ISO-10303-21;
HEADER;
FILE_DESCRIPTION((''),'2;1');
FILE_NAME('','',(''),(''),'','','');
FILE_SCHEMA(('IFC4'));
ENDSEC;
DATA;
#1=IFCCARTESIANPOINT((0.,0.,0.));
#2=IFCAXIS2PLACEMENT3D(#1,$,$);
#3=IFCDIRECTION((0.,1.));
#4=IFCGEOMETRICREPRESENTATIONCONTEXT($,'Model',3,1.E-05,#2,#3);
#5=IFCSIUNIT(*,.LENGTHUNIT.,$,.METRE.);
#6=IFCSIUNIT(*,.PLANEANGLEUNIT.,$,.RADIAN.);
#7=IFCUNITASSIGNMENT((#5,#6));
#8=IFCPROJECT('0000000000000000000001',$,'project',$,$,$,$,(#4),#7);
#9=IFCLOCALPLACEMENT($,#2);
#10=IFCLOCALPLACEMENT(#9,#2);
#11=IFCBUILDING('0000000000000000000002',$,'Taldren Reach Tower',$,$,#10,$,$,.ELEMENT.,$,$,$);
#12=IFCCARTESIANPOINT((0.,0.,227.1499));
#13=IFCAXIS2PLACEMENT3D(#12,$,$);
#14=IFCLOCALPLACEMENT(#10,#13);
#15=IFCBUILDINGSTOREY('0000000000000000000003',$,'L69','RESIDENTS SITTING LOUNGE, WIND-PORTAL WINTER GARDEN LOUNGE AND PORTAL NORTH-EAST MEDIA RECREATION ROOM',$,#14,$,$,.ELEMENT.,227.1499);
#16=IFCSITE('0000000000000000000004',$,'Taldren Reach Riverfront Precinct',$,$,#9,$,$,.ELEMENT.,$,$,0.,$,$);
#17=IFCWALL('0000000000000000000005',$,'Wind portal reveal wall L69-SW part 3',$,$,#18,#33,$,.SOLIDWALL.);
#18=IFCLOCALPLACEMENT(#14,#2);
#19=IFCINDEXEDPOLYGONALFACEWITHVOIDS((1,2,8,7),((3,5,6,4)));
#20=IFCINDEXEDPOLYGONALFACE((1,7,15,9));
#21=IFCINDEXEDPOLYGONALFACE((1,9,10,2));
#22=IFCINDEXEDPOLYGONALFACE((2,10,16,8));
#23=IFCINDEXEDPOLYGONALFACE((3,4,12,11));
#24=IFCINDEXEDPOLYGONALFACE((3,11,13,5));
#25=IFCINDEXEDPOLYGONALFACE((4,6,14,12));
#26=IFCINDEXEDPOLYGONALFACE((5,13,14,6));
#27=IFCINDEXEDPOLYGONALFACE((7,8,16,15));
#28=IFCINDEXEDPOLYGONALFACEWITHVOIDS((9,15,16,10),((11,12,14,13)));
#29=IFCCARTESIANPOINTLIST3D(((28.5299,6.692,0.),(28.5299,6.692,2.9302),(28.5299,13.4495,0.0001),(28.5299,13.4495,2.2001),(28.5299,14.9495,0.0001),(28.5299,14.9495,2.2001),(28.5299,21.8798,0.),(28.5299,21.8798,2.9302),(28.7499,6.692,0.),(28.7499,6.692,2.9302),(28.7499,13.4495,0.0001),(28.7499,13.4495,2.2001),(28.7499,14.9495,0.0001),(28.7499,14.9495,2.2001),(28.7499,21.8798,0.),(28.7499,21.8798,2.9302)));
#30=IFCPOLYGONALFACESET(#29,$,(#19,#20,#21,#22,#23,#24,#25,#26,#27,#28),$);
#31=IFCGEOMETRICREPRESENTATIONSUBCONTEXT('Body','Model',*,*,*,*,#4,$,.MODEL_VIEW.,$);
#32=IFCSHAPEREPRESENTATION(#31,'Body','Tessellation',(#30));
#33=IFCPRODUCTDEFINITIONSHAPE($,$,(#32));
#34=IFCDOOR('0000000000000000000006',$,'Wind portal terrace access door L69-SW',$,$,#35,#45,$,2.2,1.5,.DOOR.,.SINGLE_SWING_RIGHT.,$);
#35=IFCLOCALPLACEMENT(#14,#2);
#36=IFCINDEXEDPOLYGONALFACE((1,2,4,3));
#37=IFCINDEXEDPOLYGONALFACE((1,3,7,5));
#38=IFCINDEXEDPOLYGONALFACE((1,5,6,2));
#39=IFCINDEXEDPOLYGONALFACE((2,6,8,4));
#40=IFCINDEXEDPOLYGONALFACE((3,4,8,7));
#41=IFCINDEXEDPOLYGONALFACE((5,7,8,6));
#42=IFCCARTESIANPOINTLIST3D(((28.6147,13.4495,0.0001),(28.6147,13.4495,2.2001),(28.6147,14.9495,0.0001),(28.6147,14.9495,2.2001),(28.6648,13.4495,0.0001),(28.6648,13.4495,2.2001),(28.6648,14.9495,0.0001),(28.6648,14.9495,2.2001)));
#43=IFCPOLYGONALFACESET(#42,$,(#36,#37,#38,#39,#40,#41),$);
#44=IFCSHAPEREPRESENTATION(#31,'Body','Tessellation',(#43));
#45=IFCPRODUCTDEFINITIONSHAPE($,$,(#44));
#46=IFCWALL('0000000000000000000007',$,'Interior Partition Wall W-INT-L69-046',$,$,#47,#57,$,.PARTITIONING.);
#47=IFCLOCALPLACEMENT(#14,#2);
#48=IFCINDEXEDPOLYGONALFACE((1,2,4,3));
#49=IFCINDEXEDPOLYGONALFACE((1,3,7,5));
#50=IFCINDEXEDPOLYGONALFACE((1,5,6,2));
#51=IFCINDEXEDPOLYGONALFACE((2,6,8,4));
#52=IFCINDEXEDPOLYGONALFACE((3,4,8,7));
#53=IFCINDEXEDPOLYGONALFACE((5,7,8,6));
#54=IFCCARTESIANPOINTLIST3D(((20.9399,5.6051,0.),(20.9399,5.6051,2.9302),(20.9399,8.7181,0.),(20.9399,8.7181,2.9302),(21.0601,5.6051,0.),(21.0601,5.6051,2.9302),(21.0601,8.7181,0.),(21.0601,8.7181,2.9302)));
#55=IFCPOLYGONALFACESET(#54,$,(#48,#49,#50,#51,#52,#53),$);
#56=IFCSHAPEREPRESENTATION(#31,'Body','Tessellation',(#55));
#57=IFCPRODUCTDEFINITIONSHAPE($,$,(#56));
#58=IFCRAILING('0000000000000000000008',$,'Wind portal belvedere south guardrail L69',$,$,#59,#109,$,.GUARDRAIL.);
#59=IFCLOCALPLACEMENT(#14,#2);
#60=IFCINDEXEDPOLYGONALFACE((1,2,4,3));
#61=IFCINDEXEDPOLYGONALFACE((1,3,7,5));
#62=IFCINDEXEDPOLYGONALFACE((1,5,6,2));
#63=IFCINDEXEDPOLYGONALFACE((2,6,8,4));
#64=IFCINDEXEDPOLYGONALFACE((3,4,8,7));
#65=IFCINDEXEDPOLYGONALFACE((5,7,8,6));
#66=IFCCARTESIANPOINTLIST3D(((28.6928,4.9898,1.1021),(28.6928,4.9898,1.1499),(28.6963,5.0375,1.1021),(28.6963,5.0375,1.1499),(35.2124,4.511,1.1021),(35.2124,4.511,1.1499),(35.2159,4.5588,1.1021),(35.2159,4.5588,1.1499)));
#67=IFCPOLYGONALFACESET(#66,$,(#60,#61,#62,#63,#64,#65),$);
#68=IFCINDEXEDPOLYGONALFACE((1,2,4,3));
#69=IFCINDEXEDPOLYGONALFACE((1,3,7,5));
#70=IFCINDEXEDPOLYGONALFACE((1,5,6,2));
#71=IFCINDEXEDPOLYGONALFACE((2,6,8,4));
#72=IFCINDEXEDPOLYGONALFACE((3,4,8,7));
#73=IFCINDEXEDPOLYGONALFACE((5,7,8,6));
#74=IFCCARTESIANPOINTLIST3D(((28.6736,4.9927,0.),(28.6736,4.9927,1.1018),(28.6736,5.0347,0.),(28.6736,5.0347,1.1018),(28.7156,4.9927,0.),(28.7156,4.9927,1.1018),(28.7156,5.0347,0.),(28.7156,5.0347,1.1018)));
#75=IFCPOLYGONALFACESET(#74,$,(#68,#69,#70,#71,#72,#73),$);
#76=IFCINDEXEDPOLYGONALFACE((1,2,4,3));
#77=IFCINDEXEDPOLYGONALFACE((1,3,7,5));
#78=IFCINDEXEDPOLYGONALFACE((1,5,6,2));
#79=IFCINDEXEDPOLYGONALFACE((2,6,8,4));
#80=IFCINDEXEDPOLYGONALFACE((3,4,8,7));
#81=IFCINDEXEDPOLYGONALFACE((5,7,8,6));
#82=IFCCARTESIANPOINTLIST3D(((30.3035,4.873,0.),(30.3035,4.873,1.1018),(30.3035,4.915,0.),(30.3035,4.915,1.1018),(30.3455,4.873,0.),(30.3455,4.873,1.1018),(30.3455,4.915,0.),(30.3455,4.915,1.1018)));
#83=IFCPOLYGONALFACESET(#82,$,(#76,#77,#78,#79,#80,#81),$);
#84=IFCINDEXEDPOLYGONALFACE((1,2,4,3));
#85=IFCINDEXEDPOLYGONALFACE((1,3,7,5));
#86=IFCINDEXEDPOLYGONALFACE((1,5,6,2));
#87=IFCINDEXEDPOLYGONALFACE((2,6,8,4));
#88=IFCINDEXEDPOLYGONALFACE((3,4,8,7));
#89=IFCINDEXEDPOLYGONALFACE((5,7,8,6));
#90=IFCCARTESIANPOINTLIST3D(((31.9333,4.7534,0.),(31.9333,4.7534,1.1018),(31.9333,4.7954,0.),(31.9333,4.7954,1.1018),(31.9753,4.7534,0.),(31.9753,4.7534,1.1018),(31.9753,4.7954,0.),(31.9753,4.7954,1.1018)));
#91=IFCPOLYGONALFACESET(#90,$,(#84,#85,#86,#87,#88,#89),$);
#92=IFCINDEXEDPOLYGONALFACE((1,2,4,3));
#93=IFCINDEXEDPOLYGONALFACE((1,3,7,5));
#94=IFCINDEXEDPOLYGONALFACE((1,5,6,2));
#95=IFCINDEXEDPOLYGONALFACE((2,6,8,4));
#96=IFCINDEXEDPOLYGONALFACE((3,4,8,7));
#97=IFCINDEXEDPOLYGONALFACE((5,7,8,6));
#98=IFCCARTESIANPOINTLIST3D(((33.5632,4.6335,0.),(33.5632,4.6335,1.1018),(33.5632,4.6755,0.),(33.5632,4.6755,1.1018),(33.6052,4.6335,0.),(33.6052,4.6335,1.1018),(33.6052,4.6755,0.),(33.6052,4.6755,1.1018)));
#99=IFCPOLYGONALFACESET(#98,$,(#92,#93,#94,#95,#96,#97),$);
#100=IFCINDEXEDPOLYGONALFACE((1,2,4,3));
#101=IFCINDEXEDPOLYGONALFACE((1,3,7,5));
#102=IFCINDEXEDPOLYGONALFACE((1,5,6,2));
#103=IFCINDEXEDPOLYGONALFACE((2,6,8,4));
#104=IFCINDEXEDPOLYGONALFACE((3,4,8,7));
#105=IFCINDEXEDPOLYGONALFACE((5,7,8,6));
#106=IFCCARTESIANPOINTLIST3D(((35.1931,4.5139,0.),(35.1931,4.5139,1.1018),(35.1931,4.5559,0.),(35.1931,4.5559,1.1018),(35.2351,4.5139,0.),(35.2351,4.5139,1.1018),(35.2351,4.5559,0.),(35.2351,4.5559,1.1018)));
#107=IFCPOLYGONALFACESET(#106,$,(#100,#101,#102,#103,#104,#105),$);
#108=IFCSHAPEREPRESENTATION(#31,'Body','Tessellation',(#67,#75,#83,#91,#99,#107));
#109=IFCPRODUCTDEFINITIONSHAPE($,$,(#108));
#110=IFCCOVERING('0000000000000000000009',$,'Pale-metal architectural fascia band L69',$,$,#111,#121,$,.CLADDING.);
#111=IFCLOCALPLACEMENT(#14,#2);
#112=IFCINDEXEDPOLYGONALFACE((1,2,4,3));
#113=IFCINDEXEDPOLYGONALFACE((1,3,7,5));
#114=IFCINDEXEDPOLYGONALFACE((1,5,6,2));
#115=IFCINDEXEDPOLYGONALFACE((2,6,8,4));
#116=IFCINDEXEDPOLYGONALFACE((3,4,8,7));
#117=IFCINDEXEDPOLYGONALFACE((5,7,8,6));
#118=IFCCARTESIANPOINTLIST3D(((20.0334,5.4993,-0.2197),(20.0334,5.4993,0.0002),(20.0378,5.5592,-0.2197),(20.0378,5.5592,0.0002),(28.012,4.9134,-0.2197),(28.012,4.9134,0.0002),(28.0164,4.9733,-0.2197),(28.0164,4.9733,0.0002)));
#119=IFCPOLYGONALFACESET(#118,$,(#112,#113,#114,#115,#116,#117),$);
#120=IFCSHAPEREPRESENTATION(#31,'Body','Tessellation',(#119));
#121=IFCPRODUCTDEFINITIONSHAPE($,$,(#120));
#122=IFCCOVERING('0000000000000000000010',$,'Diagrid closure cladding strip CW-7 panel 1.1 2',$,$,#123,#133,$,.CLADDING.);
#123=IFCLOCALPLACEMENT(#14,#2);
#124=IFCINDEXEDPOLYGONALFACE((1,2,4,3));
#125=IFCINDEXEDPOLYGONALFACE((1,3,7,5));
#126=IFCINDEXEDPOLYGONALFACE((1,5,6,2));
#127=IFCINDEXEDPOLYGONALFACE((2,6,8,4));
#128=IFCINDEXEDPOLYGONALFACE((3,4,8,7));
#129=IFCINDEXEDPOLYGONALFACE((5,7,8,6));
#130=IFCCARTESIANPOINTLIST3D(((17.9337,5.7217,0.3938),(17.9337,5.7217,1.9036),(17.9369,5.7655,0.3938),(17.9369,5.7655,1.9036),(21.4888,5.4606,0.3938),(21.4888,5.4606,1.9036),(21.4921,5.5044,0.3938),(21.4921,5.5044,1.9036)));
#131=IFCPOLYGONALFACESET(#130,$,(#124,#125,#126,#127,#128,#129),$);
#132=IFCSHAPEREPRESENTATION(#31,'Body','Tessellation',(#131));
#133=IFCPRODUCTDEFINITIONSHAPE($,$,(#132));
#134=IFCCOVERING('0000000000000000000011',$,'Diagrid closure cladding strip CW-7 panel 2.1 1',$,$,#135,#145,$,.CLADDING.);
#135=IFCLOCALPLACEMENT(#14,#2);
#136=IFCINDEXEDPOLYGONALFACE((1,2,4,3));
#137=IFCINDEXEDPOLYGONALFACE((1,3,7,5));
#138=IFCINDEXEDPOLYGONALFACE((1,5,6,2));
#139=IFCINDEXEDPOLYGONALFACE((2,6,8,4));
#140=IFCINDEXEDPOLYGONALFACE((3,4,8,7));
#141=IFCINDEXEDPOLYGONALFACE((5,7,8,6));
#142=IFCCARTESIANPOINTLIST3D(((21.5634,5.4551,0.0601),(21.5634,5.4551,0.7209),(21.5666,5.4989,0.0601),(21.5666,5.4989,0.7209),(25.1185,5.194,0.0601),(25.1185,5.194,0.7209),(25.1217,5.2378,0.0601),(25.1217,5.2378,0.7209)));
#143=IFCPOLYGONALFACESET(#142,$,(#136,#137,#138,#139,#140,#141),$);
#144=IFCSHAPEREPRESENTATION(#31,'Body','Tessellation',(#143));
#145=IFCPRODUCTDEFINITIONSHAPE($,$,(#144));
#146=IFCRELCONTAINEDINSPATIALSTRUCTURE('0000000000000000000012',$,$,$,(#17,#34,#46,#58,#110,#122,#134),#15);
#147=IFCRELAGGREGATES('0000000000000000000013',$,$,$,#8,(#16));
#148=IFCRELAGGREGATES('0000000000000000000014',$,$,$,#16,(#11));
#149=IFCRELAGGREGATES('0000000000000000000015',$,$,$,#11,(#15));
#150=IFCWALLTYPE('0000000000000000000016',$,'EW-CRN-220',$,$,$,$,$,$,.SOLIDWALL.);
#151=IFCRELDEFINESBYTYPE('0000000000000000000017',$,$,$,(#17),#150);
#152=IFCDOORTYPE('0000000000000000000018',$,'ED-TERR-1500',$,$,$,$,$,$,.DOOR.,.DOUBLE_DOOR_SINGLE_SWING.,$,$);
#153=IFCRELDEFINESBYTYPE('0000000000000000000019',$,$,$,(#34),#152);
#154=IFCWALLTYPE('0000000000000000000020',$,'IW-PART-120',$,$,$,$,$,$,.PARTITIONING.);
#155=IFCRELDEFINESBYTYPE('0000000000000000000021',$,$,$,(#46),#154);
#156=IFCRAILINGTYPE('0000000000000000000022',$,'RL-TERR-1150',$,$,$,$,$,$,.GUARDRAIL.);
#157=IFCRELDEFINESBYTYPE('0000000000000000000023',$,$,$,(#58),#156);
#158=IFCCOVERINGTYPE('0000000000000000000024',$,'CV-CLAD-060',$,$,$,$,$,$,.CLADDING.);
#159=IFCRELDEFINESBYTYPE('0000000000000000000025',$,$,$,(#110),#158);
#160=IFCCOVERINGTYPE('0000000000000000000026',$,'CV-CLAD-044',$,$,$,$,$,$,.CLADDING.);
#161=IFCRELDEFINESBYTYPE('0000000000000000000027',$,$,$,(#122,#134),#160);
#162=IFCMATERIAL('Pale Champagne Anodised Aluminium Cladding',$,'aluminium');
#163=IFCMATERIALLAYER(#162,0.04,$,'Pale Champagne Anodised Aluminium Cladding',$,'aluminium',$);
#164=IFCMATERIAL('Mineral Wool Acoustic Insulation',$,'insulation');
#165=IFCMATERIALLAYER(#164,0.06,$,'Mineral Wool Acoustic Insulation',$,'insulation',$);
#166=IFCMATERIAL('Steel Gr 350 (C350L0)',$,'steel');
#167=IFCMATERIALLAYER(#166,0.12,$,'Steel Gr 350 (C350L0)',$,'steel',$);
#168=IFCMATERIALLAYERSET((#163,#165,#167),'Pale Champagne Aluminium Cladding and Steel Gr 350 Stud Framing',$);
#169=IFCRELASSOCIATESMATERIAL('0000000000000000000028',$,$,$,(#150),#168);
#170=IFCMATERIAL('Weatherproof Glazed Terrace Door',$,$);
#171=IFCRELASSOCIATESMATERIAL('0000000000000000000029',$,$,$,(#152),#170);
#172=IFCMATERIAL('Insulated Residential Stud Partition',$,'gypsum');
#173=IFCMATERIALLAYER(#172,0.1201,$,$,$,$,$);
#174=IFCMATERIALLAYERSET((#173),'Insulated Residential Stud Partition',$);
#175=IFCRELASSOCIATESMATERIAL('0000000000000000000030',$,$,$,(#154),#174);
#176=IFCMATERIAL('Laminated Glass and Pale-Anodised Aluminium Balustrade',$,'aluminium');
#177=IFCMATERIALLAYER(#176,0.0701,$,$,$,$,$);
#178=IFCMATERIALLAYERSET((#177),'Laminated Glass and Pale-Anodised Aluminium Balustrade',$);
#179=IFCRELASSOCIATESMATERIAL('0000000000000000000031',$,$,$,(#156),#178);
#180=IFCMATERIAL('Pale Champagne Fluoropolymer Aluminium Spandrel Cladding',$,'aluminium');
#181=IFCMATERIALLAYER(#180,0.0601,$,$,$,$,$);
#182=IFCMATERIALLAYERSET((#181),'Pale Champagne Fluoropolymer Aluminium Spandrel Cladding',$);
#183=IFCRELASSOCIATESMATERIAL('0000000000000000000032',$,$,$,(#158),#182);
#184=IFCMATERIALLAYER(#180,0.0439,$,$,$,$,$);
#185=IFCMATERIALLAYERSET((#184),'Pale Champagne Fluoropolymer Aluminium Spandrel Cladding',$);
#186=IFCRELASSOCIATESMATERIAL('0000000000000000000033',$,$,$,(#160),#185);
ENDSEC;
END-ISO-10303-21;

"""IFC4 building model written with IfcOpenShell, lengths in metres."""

from ifc_helpers import new_model, si_unit, direction, frame, frame_2d, origin, origin_2d, place, context, subcontext, project, spatial, rectangle, extrude, source, transform, mapped, material, layer, layer_set, type_object, element, fill, save


model = new_model("IFC4")

# Units and contexts
model_context = context("Model", 3, precision=1e-05, world=origin(), true_north=direction((0.0, 1.0)))
body_context = subcontext(model_context, "Body", "Model", "MODEL_VIEW")
ifc_project = project(units=[si_unit("LENGTHUNIT", "METRE"), si_unit("PLANEANGLEUNIT", "RADIAN")], contexts=[model_context])

# Site, building, storey
site_placement = place(None, origin())
site = spatial("IfcSite", under=ifc_project, at=site_placement, Name="Taldren Reach Riverfront Precinct", CompositionType="ELEMENT", RefElevation=0.0)
building_placement = place(site_placement, origin())
building = spatial("IfcBuilding", under=site, at=building_placement, Name="Taldren Reach Tower", CompositionType="ELEMENT")
storey_placement = place(building_placement, frame((0.0, 0.0, 227.1499)))
storey = spatial("IfcBuildingStorey", under=building, at=storey_placement, Name="L69", Description="RESIDENTS SITTING LOUNGE, WIND-PORTAL WINTER GARDEN LOUNGE AND PORTAL NORTH-EAST MEDIA RECREATION ROOM", CompositionType="ELEMENT", Elevation=227.1499)

# Shared definitions
ifc_material_1 = material(Name="Steel Gr 350 (C350L0)", Category="steel")

# Shared definitions
ifc_material_2 = material(Name="Pale Champagne Anodised Aluminium Cladding", Category="aluminium")
ifc_layer_1 = layer(ifc_material_2, 0.04, Name="Pale Champagne Anodised Aluminium Cladding", Category="aluminium")
ifc_material_3 = material(Name="Mineral Wool Acoustic Insulation", Category="insulation")
ifc_layer_2 = layer(ifc_material_3, 0.06, Name="Mineral Wool Acoustic Insulation", Category="insulation")
ifc_layer_3 = layer(ifc_material_1, 0.12, Name="Steel Gr 350 (C350L0)", Category="steel")
ifc_layer_set_1 = layer_set([ifc_layer_1, ifc_layer_2, ifc_layer_3], Name="Pale Champagne Aluminium Cladding and Steel Gr 350 Stud Framing")
wall_type_1 = type_object("IfcWallType", Name="EW-CRN-220", PredefinedType="SOLIDWALL", material=ifc_layer_set_1)

# Wall, opening, door
shared_shape_1 = source(origin(), body_context, "Body", "SweptSolid", [
    extrude(rectangle(XDim=15.1877, YDim=0.22, at=frame_2d((7.5938, 0.0))), origin(), (0.0, 0.0, 1.0), 2.9302),
])
wall_1_placement = place(storey_placement, frame((28.6399, 6.6921, 0.0), z_axis=(0.0, 0.0, 1.0), x_axis=(0.0, 1.0, 0.0)))
wall_1 = element("IfcWall", 1, at=wall_1_placement, inside=storey, type_object=wall_type_1, Name="Wind portal reveal wall L69-SW part 3", PredefinedType="SOLIDWALL", context=body_context, shape_type="MappedRepresentation", body=[
    mapped(shared_shape_1, transform((0.0, 0.0, 0.0), scale=1.0)),
])
shared_shape_2 = source(origin(), body_context, "Body", "SweptSolid", [
    extrude(rectangle(XDim=1.5, YDim=2.2, at=frame_2d((0.75, 1.1001))), frame((0.0, 0.1201, 0.0), z_axis=(0.0, -1.0, 0.0), x_axis=(1.0, 0.0, 0.0)), (0.0, 0.0, 1.0), 0.24),
])
opening_placement = place(wall_1_placement, frame((6.7573, 0.0, 0.0)))
opening = element("IfcOpeningElement", 2, at=opening_placement, cuts=wall_1, PredefinedType="OPENING", context=body_context, shape_type="MappedRepresentation", body=[
    mapped(shared_shape_2, transform((0.0, 0.0, 0.0), scale=1.0)),
])
ifc_material_4 = material(Name="Weatherproof Glazed Terrace Door")
door_type = type_object("IfcDoorType", Name="ED-TERR-1500", OperationType="DOUBLE_DOOR_SINGLE_SWING", PredefinedType="DOOR", material=ifc_material_4)
shared_shape_3 = source(origin(), body_context, "Body", "SweptSolid", [
    extrude(rectangle(XDim=1.5, YDim=2.2, at=frame_2d((0.75, 1.1001))), frame((0.0, 0.0249, 0.0), z_axis=(0.0, -1.0, 0.0), x_axis=(1.0, 0.0, 0.0)), (0.0, 0.0, 1.0), 0.05),
])
door_placement = place(opening_placement, frame((1.5, 0.0, 0.0), z_axis=(0.0, 0.0, 1.0), x_axis=(-1.0, 0.0, 0.0)))
door = element("IfcDoor", 3, at=door_placement, inside=storey, type_object=door_type, Name="Wind portal terrace access door L69-SW", OperationType="SINGLE_SWING_RIGHT", OverallHeight=2.2, OverallWidth=1.5, PredefinedType="DOOR", context=body_context, shape_type="MappedRepresentation", body=[
    mapped(shared_shape_3, transform((0.0, 0.0, 0.0), scale=1.0)),
])
fill(opening, door)

# Wall
ifc_material_5 = material(Name="Insulated Residential Stud Partition", Category="gypsum")
ifc_layer_4 = layer(ifc_material_5, 0.1201)
ifc_layer_set_2 = layer_set([ifc_layer_4], Name="Insulated Residential Stud Partition")
wall_type_2 = type_object("IfcWallType", Name="IW-PART-120", PredefinedType="PARTITIONING", material=ifc_layer_set_2)
shared_shape_4 = source(origin(), body_context, "Body", "SweptSolid", [
    extrude(rectangle(XDim=3.113, YDim=0.1201, at=frame_2d((1.5566, 0.0))), origin(), (0.0, 0.0, 1.0), 2.9302),
])
wall_2_placement = place(storey_placement, frame((21.0, 5.605, 0.0), z_axis=(0.0, 0.0, 1.0), x_axis=(0.0, 1.0, 0.0)))
element("IfcWall", 4, at=wall_2_placement, inside=storey, type_object=wall_type_2, Name="Interior Partition Wall W-INT-L69-046", PredefinedType="PARTITIONING", context=body_context, shape_type="MappedRepresentation", body=[
    mapped(shared_shape_4, transform((0.0, 0.0, 0.0), scale=1.0)),
])

# Railing
ifc_material_6 = material(Name="Laminated Glass and Pale-Anodised Aluminium Balustrade", Category="aluminium")
ifc_layer_5 = layer(ifc_material_6, 0.0701)
ifc_layer_set_3 = layer_set([ifc_layer_5], Name="Laminated Glass and Pale-Anodised Aluminium Balustrade")
railing_type = type_object("IfcRailingType", Name="RL-TERR-1150", PredefinedType="GUARDRAIL", material=ifc_layer_set_3)
railing_placement = place(storey_placement, frame((28.6946, 5.0137, 0.0)))
element("IfcRailing", 5, at=railing_placement, inside=storey, type_object=railing_type, Name="Wind portal belvedere south guardrail L69", PredefinedType="GUARDRAIL", context=body_context, shape_type="SweptSolid", body=[
    extrude(rectangle(XDim=0.0479, YDim=0.0479, at=origin_2d()), frame((0.0, 0.0, 1.126), z_axis=(0.997315, -0.073237, 0.0), x_axis=(0.073237, 0.997315, 0.0)), (0.0, 0.0, 1.0), 6.5371),
    extrude(rectangle(XDim=0.042, YDim=0.042, at=origin_2d()), origin(), (0.0, 0.0, 1.0), 1.1018),
    extrude(rectangle(XDim=0.042, YDim=0.042, at=origin_2d()), frame((1.6299, -0.1196, 0.0)), (0.0, 0.0, 1.0), 1.1018),
    extrude(rectangle(XDim=0.042, YDim=0.042, at=origin_2d()), frame((3.2598, -0.2393, 0.0)), (0.0, 0.0, 1.0), 1.1018),
    extrude(rectangle(XDim=0.042, YDim=0.042, at=origin_2d()), frame((4.8896, -0.3591, 0.0)), (0.0, 0.0, 1.0), 1.1018),
    extrude(rectangle(XDim=0.042, YDim=0.042, at=origin_2d()), frame((6.5195, -0.4788, 0.0)), (0.0, 0.0, 1.0), 1.1018),
])

# Coverings
ifc_material_7 = material(Name="Pale Champagne Fluoropolymer Aluminium Spandrel Cladding", Category="aluminium")
ifc_layer_6 = layer(ifc_material_7, 0.0601)
ifc_layer_set_4 = layer_set([ifc_layer_6], Name="Pale Champagne Fluoropolymer Aluminium Spandrel Cladding")
covering_type_1 = type_object("IfcCoveringType", Name="CV-CLAD-060", PredefinedType="CLADDING", material=ifc_layer_set_4)
shared_shape_5 = source(origin(), body_context, "Body", "SweptSolid", [
    extrude(rectangle(XDim=8.0, YDim=0.0601, at=origin_2d()), origin(), (0.0, 0.0, 1.0), 0.22),
])
covering_1_placement = place(storey_placement, frame((24.0249, 5.2363, -0.2197), z_axis=(0.0, 0.0, 1.0), x_axis=(0.997314, -0.073238, 0.0)))
element("IfcCovering", 6, at=covering_1_placement, inside=storey, type_object=covering_type_1, Name="Pale-metal architectural fascia band L69", PredefinedType="CLADDING", context=body_context, shape_type="MappedRepresentation", body=[
    mapped(shared_shape_5, transform((0.0, 0.0, 0.0), scale=1.0)),
])
ifc_layer_7 = layer(ifc_material_7, 0.0439)
ifc_layer_set_5 = layer_set([ifc_layer_7], Name="Pale Champagne Fluoropolymer Aluminium Spandrel Cladding")
covering_type_2 = type_object("IfcCoveringType", Name="CV-CLAD-044", PredefinedType="CLADDING", material=ifc_layer_set_5)
shared_shape_6 = source(origin(), body_context, "Body", "SweptSolid", [
    extrude(rectangle(XDim=3.5647, YDim=0.0439, at=origin_2d()), origin(), (0.0, 0.0, 1.0), 1.5098),
])
covering_2_placement = place(storey_placement, frame((19.7129, 5.613, 0.3938), z_axis=(0.0, 0.0, 1.0), x_axis=(0.997314, -0.073238, 0.0)))
element("IfcCovering", 7, at=covering_2_placement, inside=storey, type_object=covering_type_2, Name="Diagrid closure cladding strip CW-7 panel 1.1 2", PredefinedType="CLADDING", context=body_context, shape_type="MappedRepresentation", body=[
    mapped(shared_shape_6, transform((0.0, 0.0, 0.0), scale=1.0)),
])
shared_shape_7 = source(origin(), body_context, "Body", "SweptSolid", [
    extrude(rectangle(XDim=3.5647, YDim=0.0439, at=origin_2d()), origin(), (0.0, 0.0, 1.0), 0.6609),
])
covering_3_placement = place(storey_placement, frame((23.3425, 5.3464, 0.0601), z_axis=(0.0, 0.0, 1.0), x_axis=(0.997314, -0.073238, 0.0)))
element("IfcCovering", 8, at=covering_3_placement, inside=storey, type_object=covering_type_2, Name="Diagrid closure cladding strip CW-7 panel 2.1 1", PredefinedType="CLADDING", context=body_context, shape_type="MappedRepresentation", body=[
    mapped(shared_shape_7, transform((0.0, 0.0, 0.0), scale=1.0)),
])

save(model, "model.ifc")
